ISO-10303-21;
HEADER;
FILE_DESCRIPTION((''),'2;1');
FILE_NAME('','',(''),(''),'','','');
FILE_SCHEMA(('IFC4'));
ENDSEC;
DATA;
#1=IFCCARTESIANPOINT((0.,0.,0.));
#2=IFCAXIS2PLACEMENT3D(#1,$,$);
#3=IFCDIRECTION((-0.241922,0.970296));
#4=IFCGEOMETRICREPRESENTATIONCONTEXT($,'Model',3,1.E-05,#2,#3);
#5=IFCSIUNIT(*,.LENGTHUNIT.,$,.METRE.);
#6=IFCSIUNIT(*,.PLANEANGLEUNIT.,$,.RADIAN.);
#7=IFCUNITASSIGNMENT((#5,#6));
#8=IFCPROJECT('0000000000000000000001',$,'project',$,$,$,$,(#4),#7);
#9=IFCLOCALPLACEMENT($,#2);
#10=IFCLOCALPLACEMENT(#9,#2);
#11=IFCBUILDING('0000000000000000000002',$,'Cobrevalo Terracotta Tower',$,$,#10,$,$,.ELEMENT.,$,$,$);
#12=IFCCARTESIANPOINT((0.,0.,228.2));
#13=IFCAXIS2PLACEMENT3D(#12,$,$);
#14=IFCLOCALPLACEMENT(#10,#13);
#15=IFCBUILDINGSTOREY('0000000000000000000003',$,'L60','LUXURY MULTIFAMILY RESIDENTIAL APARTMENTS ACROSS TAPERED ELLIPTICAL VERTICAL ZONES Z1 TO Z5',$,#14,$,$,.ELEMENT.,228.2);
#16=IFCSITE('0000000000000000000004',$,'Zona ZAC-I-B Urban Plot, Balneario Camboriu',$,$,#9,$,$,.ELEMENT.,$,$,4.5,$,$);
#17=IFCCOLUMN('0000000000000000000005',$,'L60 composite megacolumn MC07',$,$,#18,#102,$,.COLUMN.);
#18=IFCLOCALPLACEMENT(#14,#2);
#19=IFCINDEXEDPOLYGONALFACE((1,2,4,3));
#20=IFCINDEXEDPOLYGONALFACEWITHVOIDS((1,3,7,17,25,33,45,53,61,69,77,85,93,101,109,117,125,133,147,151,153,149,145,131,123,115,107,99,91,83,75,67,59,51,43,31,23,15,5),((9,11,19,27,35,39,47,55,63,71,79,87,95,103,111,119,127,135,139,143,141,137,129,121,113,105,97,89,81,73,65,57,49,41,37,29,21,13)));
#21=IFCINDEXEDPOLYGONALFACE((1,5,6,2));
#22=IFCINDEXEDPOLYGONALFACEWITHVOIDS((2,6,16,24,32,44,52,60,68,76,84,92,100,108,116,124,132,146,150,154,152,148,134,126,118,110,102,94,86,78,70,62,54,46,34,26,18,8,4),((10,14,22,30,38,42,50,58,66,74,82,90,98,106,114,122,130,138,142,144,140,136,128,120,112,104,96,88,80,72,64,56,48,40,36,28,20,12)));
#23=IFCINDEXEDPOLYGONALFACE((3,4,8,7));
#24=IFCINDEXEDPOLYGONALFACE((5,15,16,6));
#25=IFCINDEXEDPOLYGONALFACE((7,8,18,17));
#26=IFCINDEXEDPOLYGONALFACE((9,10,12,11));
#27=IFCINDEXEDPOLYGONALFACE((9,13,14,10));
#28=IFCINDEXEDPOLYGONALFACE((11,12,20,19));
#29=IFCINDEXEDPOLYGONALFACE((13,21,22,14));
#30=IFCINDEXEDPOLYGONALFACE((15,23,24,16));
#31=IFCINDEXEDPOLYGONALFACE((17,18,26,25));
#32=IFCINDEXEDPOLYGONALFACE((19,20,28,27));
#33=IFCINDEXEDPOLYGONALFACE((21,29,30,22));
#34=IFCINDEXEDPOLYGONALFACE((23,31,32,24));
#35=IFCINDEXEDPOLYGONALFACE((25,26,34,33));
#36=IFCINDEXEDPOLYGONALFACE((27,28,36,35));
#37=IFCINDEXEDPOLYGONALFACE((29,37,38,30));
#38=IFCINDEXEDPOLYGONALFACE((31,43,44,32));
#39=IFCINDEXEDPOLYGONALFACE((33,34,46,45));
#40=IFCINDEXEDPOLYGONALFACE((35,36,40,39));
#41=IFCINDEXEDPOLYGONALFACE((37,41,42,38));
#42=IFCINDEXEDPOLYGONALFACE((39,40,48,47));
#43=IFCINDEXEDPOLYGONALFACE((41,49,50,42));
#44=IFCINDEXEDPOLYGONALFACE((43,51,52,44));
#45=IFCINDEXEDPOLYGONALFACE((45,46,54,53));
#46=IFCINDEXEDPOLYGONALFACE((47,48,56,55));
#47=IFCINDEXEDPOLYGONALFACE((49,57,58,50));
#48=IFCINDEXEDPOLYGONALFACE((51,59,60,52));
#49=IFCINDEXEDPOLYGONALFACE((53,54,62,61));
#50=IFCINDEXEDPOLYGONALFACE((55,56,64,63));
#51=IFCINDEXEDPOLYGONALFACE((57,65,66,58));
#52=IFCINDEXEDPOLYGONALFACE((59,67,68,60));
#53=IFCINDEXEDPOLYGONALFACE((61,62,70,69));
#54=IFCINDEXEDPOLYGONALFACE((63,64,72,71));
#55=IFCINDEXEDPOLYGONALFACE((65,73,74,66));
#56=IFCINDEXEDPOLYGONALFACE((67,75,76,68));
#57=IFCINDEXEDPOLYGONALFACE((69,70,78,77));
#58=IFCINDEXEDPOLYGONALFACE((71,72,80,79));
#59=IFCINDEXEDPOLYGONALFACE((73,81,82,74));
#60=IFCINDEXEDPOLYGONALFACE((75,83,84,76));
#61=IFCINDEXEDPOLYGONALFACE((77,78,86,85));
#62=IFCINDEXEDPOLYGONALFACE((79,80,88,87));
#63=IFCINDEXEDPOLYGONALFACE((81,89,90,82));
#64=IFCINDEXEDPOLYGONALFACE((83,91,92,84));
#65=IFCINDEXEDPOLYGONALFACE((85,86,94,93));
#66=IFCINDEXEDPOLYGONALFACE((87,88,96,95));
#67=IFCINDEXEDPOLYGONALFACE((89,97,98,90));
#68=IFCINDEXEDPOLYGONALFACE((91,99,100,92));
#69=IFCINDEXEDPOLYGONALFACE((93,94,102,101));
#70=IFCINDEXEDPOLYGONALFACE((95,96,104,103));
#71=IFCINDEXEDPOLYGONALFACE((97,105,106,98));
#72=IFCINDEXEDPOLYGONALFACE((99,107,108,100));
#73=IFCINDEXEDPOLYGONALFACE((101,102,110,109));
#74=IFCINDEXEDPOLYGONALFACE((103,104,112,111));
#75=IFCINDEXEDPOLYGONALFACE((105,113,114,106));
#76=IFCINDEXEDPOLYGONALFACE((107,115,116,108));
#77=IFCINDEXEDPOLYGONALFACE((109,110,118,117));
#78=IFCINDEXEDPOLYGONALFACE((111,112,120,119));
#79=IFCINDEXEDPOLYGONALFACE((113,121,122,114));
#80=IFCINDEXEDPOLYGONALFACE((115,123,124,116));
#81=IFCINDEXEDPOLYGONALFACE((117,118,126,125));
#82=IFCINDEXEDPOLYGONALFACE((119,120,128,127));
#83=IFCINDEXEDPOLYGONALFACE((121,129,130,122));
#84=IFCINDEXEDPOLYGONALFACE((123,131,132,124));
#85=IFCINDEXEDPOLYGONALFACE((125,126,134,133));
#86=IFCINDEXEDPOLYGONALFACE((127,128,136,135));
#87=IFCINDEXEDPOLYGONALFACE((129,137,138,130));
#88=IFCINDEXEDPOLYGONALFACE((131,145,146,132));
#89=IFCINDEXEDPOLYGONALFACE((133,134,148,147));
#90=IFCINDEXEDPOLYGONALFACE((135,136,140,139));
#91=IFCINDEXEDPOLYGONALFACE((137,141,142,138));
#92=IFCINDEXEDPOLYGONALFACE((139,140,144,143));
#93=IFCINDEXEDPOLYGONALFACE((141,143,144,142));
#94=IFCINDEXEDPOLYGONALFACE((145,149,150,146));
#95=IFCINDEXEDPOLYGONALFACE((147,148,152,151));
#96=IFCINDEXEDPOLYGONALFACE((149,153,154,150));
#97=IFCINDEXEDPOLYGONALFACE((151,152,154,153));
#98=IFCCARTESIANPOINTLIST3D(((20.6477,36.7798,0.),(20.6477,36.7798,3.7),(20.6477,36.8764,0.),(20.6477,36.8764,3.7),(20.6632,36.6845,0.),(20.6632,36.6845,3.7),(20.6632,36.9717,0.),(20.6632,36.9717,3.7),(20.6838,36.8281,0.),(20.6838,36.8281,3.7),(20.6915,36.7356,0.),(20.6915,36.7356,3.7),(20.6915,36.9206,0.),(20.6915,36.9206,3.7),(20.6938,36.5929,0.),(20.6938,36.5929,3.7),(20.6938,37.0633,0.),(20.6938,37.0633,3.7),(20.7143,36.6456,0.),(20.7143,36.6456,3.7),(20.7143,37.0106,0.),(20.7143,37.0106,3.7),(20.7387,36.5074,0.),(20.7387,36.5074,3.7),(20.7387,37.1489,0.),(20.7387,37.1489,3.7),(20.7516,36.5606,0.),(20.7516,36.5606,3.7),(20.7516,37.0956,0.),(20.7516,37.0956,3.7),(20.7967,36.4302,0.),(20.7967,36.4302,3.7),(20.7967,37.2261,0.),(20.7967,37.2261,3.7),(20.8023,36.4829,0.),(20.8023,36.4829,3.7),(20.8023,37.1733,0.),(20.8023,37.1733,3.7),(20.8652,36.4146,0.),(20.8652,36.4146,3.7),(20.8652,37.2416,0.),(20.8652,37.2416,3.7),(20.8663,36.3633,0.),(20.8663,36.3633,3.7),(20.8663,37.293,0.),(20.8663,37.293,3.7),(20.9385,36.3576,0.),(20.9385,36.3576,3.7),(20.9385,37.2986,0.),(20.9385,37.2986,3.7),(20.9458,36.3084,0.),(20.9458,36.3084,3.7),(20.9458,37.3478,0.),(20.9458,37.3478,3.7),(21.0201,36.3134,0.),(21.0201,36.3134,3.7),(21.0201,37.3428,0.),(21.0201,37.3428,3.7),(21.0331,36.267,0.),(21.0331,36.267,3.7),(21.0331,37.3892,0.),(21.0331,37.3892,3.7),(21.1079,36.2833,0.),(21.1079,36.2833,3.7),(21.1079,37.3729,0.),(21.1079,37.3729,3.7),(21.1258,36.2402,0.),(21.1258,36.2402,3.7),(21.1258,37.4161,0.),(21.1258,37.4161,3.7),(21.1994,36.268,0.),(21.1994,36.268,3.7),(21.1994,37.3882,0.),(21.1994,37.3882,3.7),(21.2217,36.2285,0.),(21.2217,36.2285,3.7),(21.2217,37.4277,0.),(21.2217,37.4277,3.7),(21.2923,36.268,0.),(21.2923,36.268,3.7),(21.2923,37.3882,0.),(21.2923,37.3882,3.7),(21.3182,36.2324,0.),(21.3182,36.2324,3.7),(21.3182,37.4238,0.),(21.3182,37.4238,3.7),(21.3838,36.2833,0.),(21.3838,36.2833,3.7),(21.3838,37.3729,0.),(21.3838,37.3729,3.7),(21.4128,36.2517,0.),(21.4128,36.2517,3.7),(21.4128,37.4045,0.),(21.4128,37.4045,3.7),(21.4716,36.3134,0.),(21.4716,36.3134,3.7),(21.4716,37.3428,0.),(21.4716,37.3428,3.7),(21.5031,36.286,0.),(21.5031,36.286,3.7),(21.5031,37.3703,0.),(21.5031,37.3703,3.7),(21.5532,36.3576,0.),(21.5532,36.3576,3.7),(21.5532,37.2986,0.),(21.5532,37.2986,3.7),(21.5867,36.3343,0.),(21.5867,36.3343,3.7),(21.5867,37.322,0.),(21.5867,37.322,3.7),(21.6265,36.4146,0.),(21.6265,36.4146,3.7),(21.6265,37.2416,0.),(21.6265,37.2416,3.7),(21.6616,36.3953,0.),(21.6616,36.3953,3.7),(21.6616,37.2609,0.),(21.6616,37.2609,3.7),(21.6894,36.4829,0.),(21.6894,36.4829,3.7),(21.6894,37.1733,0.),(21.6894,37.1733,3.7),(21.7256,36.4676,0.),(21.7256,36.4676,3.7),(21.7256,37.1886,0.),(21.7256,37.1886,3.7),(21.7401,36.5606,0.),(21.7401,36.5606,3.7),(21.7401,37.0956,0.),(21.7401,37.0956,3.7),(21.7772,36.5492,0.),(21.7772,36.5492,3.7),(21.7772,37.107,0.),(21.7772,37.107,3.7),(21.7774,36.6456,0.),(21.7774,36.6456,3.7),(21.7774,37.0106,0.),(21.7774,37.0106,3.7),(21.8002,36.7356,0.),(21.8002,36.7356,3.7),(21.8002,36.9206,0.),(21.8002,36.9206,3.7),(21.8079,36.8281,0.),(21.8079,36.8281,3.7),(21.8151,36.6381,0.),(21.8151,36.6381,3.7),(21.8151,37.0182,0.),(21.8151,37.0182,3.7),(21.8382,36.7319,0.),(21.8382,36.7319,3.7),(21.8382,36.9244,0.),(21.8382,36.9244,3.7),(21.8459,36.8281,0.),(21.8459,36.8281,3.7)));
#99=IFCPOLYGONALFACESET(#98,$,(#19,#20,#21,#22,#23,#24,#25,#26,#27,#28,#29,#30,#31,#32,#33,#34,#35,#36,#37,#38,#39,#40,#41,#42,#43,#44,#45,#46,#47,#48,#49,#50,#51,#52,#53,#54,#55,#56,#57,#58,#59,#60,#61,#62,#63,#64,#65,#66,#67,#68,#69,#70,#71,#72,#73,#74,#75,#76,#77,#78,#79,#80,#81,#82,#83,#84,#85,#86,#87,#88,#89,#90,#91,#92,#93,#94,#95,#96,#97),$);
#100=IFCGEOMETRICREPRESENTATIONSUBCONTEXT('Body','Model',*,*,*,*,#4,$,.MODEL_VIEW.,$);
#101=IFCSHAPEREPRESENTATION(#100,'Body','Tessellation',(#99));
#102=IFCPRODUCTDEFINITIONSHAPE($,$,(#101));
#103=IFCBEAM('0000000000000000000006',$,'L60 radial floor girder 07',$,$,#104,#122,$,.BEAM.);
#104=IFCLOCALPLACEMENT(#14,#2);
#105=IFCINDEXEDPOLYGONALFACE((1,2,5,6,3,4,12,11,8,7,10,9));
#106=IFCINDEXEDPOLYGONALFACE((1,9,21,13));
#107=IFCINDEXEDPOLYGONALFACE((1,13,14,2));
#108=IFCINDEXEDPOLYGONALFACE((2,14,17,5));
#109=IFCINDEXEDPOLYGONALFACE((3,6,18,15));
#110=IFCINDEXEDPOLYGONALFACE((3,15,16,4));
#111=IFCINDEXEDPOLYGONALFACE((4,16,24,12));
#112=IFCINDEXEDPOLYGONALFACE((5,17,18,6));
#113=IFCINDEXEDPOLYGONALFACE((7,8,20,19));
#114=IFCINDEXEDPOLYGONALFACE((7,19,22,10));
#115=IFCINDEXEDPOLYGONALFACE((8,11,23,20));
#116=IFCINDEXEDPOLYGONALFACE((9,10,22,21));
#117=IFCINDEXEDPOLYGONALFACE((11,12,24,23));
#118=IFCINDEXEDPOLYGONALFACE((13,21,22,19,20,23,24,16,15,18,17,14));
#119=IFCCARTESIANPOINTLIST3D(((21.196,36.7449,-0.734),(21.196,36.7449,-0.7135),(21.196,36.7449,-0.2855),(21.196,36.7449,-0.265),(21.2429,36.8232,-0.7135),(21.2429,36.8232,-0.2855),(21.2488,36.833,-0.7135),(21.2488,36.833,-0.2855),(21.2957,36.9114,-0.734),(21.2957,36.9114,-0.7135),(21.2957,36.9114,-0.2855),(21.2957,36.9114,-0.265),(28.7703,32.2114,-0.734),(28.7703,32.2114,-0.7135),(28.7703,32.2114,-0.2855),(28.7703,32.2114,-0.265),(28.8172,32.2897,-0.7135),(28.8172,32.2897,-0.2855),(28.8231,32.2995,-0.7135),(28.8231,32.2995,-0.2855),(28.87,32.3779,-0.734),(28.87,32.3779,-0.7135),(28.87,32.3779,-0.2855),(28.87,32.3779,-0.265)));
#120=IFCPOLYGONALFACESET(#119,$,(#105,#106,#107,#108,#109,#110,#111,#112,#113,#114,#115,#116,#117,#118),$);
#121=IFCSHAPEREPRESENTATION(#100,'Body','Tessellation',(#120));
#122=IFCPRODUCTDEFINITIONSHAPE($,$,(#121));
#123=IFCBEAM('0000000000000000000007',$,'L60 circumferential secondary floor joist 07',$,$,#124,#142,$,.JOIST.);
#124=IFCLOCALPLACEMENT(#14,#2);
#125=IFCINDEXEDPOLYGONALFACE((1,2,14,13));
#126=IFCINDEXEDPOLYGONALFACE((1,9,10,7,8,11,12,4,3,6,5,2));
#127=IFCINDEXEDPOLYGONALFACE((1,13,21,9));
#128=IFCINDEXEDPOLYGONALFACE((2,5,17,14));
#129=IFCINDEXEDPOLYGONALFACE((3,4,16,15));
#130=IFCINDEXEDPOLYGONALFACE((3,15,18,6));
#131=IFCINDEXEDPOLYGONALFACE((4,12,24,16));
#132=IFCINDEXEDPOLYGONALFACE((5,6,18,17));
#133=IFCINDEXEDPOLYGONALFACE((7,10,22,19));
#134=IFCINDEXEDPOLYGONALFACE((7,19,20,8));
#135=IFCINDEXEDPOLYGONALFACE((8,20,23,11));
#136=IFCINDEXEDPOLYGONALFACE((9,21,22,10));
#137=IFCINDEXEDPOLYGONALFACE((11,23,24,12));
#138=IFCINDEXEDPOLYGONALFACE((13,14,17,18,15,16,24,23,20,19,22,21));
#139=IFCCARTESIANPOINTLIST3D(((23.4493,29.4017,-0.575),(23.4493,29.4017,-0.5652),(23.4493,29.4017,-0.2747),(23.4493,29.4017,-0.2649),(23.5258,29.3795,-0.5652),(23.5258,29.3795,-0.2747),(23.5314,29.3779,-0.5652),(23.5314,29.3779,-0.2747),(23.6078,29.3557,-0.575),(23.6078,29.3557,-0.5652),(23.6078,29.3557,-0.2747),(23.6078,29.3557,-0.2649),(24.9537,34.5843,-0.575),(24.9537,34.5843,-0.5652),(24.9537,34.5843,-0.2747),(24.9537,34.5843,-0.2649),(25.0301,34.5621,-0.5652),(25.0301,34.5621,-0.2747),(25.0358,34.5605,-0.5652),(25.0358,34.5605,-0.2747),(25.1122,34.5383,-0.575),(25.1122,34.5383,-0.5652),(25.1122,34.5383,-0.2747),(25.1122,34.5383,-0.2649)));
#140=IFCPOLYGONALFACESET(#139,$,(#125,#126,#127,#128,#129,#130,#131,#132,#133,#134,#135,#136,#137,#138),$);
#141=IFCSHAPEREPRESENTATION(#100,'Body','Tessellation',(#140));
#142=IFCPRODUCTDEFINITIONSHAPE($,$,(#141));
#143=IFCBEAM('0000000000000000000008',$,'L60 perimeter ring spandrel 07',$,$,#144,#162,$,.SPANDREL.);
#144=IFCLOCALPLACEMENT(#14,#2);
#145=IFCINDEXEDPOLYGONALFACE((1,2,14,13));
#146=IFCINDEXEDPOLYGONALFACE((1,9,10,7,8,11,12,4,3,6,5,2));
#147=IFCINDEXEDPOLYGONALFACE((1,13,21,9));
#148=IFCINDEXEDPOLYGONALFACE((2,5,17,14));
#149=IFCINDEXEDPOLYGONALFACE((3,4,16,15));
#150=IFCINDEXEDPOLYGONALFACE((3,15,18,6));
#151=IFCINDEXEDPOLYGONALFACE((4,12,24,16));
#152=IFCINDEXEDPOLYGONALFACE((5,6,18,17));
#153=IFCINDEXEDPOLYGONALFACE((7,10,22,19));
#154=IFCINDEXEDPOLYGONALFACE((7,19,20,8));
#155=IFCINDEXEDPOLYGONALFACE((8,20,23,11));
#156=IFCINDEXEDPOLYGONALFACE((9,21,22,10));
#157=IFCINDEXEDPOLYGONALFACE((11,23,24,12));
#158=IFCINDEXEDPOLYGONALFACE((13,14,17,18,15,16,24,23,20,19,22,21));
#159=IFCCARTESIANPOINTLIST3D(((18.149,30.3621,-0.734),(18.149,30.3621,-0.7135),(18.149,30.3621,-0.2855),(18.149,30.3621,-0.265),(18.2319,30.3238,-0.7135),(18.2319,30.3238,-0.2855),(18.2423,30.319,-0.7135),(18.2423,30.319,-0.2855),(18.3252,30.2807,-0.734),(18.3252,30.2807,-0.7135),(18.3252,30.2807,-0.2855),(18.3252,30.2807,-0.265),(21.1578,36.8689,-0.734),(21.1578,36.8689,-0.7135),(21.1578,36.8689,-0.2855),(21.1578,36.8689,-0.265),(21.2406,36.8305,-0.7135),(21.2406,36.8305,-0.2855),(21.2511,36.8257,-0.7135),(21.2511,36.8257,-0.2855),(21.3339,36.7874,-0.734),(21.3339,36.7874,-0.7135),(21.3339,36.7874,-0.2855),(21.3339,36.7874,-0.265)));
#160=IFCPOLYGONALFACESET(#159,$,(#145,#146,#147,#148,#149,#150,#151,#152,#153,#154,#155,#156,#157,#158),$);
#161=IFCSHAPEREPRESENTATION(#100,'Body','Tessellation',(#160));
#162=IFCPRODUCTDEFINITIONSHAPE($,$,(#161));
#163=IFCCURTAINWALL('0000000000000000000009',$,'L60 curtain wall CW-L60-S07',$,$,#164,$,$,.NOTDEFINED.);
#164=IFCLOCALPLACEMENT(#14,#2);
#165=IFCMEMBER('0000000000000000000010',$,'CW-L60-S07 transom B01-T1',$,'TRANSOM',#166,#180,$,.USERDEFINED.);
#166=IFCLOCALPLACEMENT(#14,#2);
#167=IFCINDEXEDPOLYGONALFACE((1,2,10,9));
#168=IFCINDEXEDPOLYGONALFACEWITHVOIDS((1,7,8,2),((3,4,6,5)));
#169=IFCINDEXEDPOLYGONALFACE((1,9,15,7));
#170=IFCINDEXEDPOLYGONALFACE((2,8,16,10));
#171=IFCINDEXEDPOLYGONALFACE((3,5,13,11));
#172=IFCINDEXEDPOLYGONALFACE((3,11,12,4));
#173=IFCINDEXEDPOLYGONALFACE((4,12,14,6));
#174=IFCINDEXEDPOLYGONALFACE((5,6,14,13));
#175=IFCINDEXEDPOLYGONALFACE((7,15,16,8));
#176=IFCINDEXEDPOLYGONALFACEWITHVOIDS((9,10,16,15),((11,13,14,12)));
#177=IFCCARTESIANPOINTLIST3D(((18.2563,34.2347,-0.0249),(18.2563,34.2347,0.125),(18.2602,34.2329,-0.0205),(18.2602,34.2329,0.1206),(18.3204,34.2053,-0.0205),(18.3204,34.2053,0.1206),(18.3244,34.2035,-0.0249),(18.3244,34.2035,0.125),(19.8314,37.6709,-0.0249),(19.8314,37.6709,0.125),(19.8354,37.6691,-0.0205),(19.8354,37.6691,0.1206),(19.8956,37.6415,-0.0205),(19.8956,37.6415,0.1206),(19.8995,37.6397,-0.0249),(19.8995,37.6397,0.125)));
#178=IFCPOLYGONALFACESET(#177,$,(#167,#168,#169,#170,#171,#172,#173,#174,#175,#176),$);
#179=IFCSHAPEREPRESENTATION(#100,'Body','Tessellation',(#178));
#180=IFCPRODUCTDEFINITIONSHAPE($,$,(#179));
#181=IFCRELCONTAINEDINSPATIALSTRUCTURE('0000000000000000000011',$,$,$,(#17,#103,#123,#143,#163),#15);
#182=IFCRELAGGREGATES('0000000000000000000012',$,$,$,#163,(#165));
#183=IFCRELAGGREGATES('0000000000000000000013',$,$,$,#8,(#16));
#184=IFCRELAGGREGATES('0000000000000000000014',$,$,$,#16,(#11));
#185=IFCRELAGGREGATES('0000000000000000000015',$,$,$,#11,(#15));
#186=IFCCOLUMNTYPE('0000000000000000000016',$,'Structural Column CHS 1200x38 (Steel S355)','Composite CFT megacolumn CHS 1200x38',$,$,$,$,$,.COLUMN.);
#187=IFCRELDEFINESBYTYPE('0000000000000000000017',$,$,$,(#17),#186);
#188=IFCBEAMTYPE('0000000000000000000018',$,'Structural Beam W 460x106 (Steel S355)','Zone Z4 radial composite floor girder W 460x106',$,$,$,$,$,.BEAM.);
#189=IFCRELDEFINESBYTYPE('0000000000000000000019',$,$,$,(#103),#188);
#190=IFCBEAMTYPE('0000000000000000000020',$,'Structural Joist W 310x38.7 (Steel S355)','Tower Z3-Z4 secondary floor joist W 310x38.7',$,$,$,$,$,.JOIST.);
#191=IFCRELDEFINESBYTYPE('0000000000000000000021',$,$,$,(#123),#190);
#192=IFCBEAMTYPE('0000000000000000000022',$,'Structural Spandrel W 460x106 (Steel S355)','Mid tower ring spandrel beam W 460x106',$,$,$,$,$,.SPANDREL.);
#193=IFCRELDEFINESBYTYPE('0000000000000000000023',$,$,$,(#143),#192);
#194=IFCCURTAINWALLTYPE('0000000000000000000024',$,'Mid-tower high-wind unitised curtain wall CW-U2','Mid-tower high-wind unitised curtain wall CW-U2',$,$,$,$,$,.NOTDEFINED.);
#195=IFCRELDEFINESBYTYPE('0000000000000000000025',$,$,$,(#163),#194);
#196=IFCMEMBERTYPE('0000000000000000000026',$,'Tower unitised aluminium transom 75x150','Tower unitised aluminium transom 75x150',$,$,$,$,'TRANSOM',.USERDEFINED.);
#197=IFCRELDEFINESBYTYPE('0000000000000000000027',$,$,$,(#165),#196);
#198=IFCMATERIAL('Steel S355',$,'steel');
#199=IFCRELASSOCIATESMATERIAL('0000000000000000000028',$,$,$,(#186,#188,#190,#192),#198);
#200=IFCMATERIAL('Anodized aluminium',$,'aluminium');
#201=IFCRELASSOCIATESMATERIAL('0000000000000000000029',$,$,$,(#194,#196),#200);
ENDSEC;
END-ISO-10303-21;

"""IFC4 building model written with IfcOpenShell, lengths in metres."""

from ifc_helpers import new_model, si_unit, direction, frame, origin, origin_2d, place, context, subcontext, project, spatial, hollow_rectangle, hollow_circle, i_section, extrude, source, transform, mapped, material, material_profile, profile_set, type_object, element, aggregate, save


model = new_model("IFC4")

# Units and contexts
model_context = context("Model", 3, precision=1e-05, world=origin(), true_north=direction((-0.241922, 0.970296)))
body_context = subcontext(model_context, "Body", "Model", "MODEL_VIEW")
ifc_project = project(units=[si_unit("LENGTHUNIT", "METRE"), si_unit("PLANEANGLEUNIT", "RADIAN")], contexts=[model_context])

# Site, building, storey
site_placement = place(None, origin())
site = spatial("IfcSite", under=ifc_project, at=site_placement, Name="Zona ZAC-I-B Urban Plot, Balneario Camboriu", CompositionType="ELEMENT", RefElevation=4.5)
building_placement = place(site_placement, origin())
building = spatial("IfcBuilding", under=site, at=building_placement, Name="Cobrevalo Terracotta Tower", CompositionType="ELEMENT")
storey_placement = place(building_placement, frame((0.0, 0.0, 228.2)))
storey = spatial("IfcBuildingStorey", under=building, at=storey_placement, Name="L60", Description="LUXURY MULTIFAMILY RESIDENTIAL APARTMENTS ACROSS TAPERED ELLIPTICAL VERTICAL ZONES Z1 TO Z5", CompositionType="ELEMENT", Elevation=228.2)

# Column
ifc_material_1 = material(Name="Steel S355", Category="steel")
ifc_material_profile_1 = material_profile(ifc_material_1, hollow_circle(Radius=0.6001, WallThickness=0.0381, at=origin_2d()), Name="CHS 1200x38")
ifc_profile_set_1 = profile_set([ifc_material_profile_1], Name="Steel S355")
column_type = type_object("IfcColumnType", Name="Structural Column CHS 1200x38 (Steel S355)", Description="Composite CFT megacolumn CHS 1200x38", PredefinedType="COLUMN", material=ifc_profile_set_1)
column_placement = place(storey_placement, frame((21.2458, 36.8281, 0.0), z_axis=(0.0, 0.0, 1.0), x_axis=(1.0, 0.0, 0.0)))
element("IfcColumn", 1, at=column_placement, inside=storey, type_object=column_type, Name="L60 composite megacolumn MC07", PredefinedType="COLUMN", context=body_context, shape_type="SweptSolid", body=[
    extrude(hollow_circle(Radius=0.6001, WallThickness=0.0381, at=origin_2d()), origin(), (0.0, 0.0, 1.0), 3.7),
])

# Beams
ifc_material_profile_2 = material_profile(ifc_material_1, i_section(OverallWidth=0.1941, OverallDepth=0.469, WebThickness=0.0115, FlangeThickness=0.0205, at=origin_2d()), Name="W 460x106")
ifc_profile_set_2 = profile_set([ifc_material_profile_2], Name="Steel S355")
beam_type_1 = type_object("IfcBeamType", Name="Structural Beam W 460x106 (Steel S355)", Description="Zone Z4 radial composite floor girder W 460x106", PredefinedType="BEAM", material=ifc_profile_set_2)
beam_1_placement = place(storey_placement, frame((21.2458, 36.8281, -0.4995), z_axis=(0.858046, -0.513572, 0.0), x_axis=(0.513572, 0.858046, 0.0)))
element("IfcBeam", 2, at=beam_1_placement, inside=storey, type_object=beam_type_1, Name="L60 radial floor girder 07", PredefinedType="BEAM", context=body_context, shape_type="SweptSolid", body=[
    extrude(i_section(OverallWidth=0.1941, OverallDepth=0.469, WebThickness=0.0115, FlangeThickness=0.0205, at=origin_2d()), origin(), (0.0, 0.0, 1.0), 8.8274),
])
ifc_material_profile_3 = material_profile(ifc_material_1, i_section(OverallWidth=0.165, OverallDepth=0.3101, WebThickness=0.0059, FlangeThickness=0.0098, at=origin_2d()), Name="W 310x38.7")
ifc_profile_set_3 = profile_set([ifc_material_profile_3], Name="Steel S355")
beam_type_2 = type_object("IfcBeamType", Name="Structural Joist W 310x38.7 (Steel S355)", Description="Tower Z3-Z4 secondary floor joist W 310x38.7", PredefinedType="JOIST", material=ifc_profile_set_3)
beam_2_placement = place(storey_placement, frame((25.033, 34.5613, -0.4199), z_axis=(-0.27877, -0.960358, 0.0), x_axis=(0.960358, -0.27877, 0.0)))
element("IfcBeam", 3, at=beam_2_placement, inside=storey, type_object=beam_type_2, Name="L60 circumferential secondary floor joist 07", PredefinedType="JOIST", context=body_context, shape_type="SweptSolid", body=[
    extrude(i_section(OverallWidth=0.165, OverallDepth=0.3101, WebThickness=0.0059, FlangeThickness=0.0098, at=origin_2d()), origin(), (0.0, 0.0, 1.0), 5.3965),
])
ifc_material_profile_4 = material_profile(ifc_material_1, i_section(OverallWidth=0.1941, OverallDepth=0.469, WebThickness=0.0115, FlangeThickness=0.0205, at=origin_2d()), Name="W 460x106")
ifc_profile_set_4 = profile_set([ifc_material_profile_4], Name="Steel S355")
beam_type_3 = type_object("IfcBeamType", Name="Structural Spandrel W 460x106 (Steel S355)", Description="Mid tower ring spandrel beam W 460x106", PredefinedType="SPANDREL", material=ifc_profile_set_4)
beam_3_placement = place(storey_placement, frame((21.2458, 36.8281, -0.4995), z_axis=(-0.419706, -0.90766, 0.0), x_axis=(0.90766, -0.419706, 0.0)))
element("IfcBeam", 4, at=beam_3_placement, inside=storey, type_object=beam_type_3, Name="L60 perimeter ring spandrel 07", PredefinedType="SPANDREL", context=body_context, shape_type="SweptSolid", body=[
    extrude(i_section(OverallWidth=0.1941, OverallDepth=0.469, WebThickness=0.0115, FlangeThickness=0.0205, at=origin_2d()), origin(), (0.0, 0.0, 1.0), 7.1687),
])

# Curtain wall, member
ifc_material_2 = material(Name="Anodized aluminium", Category="aluminium")
curtain_wall_type = type_object("IfcCurtainWallType", Name="Mid-tower high-wind unitised curtain wall CW-U2", Description="Mid-tower high-wind unitised curtain wall CW-U2", PredefinedType="NOTDEFINED", material=ifc_material_2)
curtain_wall_1_placement = place(storey_placement, origin())
curtain_wall_1 = element("IfcCurtainWall", 5, at=curtain_wall_1_placement, inside=storey, type_object=curtain_wall_type, Name="L60 curtain wall CW-L60-S07", PredefinedType="NOTDEFINED")
ifc_material_profile_5 = material_profile(ifc_material_2, hollow_rectangle(XDim=0.075, YDim=0.1499, WallThickness=0.0044, at=origin_2d()), Name="CWT 75x150")
ifc_profile_set_5 = profile_set([ifc_material_profile_5], Name="Anodized aluminium")
member_type_1 = type_object("IfcMemberType", Name="Tower unitised aluminium transom 75x150", Description="Tower unitised aluminium transom 75x150", ElementType="TRANSOM", PredefinedType="USERDEFINED", material=ifc_profile_set_5)
shared_shape_1 = source(origin(), body_context, "Body", "SweptSolid", [
    extrude(hollow_rectangle(XDim=0.075, YDim=0.1499, WallThickness=0.0044, at=origin_2d()), origin(), (0.0, 0.0, 1.0), 3.78),
])
member_1_placement = place(storey_placement, frame((19.8655, 37.6553, 0.05), z_axis=(-0.416706, -0.909041, 0.0), x_axis=(0.909041, -0.416706, 0.0)))
member_1 = element("IfcMember", 6, at=member_1_placement, type_object=member_type_1, Name="CW-L60-S07 transom B01-T1", ObjectType="TRANSOM", PredefinedType="USERDEFINED", context=body_context, shape_type="MappedRepresentation", body=[
    mapped(shared_shape_1, transform((0.0, 0.0, 0.0), scale=1.0)),
])

aggregate(curtain_wall_1, [member_1])

save(model, "model.ifc")
